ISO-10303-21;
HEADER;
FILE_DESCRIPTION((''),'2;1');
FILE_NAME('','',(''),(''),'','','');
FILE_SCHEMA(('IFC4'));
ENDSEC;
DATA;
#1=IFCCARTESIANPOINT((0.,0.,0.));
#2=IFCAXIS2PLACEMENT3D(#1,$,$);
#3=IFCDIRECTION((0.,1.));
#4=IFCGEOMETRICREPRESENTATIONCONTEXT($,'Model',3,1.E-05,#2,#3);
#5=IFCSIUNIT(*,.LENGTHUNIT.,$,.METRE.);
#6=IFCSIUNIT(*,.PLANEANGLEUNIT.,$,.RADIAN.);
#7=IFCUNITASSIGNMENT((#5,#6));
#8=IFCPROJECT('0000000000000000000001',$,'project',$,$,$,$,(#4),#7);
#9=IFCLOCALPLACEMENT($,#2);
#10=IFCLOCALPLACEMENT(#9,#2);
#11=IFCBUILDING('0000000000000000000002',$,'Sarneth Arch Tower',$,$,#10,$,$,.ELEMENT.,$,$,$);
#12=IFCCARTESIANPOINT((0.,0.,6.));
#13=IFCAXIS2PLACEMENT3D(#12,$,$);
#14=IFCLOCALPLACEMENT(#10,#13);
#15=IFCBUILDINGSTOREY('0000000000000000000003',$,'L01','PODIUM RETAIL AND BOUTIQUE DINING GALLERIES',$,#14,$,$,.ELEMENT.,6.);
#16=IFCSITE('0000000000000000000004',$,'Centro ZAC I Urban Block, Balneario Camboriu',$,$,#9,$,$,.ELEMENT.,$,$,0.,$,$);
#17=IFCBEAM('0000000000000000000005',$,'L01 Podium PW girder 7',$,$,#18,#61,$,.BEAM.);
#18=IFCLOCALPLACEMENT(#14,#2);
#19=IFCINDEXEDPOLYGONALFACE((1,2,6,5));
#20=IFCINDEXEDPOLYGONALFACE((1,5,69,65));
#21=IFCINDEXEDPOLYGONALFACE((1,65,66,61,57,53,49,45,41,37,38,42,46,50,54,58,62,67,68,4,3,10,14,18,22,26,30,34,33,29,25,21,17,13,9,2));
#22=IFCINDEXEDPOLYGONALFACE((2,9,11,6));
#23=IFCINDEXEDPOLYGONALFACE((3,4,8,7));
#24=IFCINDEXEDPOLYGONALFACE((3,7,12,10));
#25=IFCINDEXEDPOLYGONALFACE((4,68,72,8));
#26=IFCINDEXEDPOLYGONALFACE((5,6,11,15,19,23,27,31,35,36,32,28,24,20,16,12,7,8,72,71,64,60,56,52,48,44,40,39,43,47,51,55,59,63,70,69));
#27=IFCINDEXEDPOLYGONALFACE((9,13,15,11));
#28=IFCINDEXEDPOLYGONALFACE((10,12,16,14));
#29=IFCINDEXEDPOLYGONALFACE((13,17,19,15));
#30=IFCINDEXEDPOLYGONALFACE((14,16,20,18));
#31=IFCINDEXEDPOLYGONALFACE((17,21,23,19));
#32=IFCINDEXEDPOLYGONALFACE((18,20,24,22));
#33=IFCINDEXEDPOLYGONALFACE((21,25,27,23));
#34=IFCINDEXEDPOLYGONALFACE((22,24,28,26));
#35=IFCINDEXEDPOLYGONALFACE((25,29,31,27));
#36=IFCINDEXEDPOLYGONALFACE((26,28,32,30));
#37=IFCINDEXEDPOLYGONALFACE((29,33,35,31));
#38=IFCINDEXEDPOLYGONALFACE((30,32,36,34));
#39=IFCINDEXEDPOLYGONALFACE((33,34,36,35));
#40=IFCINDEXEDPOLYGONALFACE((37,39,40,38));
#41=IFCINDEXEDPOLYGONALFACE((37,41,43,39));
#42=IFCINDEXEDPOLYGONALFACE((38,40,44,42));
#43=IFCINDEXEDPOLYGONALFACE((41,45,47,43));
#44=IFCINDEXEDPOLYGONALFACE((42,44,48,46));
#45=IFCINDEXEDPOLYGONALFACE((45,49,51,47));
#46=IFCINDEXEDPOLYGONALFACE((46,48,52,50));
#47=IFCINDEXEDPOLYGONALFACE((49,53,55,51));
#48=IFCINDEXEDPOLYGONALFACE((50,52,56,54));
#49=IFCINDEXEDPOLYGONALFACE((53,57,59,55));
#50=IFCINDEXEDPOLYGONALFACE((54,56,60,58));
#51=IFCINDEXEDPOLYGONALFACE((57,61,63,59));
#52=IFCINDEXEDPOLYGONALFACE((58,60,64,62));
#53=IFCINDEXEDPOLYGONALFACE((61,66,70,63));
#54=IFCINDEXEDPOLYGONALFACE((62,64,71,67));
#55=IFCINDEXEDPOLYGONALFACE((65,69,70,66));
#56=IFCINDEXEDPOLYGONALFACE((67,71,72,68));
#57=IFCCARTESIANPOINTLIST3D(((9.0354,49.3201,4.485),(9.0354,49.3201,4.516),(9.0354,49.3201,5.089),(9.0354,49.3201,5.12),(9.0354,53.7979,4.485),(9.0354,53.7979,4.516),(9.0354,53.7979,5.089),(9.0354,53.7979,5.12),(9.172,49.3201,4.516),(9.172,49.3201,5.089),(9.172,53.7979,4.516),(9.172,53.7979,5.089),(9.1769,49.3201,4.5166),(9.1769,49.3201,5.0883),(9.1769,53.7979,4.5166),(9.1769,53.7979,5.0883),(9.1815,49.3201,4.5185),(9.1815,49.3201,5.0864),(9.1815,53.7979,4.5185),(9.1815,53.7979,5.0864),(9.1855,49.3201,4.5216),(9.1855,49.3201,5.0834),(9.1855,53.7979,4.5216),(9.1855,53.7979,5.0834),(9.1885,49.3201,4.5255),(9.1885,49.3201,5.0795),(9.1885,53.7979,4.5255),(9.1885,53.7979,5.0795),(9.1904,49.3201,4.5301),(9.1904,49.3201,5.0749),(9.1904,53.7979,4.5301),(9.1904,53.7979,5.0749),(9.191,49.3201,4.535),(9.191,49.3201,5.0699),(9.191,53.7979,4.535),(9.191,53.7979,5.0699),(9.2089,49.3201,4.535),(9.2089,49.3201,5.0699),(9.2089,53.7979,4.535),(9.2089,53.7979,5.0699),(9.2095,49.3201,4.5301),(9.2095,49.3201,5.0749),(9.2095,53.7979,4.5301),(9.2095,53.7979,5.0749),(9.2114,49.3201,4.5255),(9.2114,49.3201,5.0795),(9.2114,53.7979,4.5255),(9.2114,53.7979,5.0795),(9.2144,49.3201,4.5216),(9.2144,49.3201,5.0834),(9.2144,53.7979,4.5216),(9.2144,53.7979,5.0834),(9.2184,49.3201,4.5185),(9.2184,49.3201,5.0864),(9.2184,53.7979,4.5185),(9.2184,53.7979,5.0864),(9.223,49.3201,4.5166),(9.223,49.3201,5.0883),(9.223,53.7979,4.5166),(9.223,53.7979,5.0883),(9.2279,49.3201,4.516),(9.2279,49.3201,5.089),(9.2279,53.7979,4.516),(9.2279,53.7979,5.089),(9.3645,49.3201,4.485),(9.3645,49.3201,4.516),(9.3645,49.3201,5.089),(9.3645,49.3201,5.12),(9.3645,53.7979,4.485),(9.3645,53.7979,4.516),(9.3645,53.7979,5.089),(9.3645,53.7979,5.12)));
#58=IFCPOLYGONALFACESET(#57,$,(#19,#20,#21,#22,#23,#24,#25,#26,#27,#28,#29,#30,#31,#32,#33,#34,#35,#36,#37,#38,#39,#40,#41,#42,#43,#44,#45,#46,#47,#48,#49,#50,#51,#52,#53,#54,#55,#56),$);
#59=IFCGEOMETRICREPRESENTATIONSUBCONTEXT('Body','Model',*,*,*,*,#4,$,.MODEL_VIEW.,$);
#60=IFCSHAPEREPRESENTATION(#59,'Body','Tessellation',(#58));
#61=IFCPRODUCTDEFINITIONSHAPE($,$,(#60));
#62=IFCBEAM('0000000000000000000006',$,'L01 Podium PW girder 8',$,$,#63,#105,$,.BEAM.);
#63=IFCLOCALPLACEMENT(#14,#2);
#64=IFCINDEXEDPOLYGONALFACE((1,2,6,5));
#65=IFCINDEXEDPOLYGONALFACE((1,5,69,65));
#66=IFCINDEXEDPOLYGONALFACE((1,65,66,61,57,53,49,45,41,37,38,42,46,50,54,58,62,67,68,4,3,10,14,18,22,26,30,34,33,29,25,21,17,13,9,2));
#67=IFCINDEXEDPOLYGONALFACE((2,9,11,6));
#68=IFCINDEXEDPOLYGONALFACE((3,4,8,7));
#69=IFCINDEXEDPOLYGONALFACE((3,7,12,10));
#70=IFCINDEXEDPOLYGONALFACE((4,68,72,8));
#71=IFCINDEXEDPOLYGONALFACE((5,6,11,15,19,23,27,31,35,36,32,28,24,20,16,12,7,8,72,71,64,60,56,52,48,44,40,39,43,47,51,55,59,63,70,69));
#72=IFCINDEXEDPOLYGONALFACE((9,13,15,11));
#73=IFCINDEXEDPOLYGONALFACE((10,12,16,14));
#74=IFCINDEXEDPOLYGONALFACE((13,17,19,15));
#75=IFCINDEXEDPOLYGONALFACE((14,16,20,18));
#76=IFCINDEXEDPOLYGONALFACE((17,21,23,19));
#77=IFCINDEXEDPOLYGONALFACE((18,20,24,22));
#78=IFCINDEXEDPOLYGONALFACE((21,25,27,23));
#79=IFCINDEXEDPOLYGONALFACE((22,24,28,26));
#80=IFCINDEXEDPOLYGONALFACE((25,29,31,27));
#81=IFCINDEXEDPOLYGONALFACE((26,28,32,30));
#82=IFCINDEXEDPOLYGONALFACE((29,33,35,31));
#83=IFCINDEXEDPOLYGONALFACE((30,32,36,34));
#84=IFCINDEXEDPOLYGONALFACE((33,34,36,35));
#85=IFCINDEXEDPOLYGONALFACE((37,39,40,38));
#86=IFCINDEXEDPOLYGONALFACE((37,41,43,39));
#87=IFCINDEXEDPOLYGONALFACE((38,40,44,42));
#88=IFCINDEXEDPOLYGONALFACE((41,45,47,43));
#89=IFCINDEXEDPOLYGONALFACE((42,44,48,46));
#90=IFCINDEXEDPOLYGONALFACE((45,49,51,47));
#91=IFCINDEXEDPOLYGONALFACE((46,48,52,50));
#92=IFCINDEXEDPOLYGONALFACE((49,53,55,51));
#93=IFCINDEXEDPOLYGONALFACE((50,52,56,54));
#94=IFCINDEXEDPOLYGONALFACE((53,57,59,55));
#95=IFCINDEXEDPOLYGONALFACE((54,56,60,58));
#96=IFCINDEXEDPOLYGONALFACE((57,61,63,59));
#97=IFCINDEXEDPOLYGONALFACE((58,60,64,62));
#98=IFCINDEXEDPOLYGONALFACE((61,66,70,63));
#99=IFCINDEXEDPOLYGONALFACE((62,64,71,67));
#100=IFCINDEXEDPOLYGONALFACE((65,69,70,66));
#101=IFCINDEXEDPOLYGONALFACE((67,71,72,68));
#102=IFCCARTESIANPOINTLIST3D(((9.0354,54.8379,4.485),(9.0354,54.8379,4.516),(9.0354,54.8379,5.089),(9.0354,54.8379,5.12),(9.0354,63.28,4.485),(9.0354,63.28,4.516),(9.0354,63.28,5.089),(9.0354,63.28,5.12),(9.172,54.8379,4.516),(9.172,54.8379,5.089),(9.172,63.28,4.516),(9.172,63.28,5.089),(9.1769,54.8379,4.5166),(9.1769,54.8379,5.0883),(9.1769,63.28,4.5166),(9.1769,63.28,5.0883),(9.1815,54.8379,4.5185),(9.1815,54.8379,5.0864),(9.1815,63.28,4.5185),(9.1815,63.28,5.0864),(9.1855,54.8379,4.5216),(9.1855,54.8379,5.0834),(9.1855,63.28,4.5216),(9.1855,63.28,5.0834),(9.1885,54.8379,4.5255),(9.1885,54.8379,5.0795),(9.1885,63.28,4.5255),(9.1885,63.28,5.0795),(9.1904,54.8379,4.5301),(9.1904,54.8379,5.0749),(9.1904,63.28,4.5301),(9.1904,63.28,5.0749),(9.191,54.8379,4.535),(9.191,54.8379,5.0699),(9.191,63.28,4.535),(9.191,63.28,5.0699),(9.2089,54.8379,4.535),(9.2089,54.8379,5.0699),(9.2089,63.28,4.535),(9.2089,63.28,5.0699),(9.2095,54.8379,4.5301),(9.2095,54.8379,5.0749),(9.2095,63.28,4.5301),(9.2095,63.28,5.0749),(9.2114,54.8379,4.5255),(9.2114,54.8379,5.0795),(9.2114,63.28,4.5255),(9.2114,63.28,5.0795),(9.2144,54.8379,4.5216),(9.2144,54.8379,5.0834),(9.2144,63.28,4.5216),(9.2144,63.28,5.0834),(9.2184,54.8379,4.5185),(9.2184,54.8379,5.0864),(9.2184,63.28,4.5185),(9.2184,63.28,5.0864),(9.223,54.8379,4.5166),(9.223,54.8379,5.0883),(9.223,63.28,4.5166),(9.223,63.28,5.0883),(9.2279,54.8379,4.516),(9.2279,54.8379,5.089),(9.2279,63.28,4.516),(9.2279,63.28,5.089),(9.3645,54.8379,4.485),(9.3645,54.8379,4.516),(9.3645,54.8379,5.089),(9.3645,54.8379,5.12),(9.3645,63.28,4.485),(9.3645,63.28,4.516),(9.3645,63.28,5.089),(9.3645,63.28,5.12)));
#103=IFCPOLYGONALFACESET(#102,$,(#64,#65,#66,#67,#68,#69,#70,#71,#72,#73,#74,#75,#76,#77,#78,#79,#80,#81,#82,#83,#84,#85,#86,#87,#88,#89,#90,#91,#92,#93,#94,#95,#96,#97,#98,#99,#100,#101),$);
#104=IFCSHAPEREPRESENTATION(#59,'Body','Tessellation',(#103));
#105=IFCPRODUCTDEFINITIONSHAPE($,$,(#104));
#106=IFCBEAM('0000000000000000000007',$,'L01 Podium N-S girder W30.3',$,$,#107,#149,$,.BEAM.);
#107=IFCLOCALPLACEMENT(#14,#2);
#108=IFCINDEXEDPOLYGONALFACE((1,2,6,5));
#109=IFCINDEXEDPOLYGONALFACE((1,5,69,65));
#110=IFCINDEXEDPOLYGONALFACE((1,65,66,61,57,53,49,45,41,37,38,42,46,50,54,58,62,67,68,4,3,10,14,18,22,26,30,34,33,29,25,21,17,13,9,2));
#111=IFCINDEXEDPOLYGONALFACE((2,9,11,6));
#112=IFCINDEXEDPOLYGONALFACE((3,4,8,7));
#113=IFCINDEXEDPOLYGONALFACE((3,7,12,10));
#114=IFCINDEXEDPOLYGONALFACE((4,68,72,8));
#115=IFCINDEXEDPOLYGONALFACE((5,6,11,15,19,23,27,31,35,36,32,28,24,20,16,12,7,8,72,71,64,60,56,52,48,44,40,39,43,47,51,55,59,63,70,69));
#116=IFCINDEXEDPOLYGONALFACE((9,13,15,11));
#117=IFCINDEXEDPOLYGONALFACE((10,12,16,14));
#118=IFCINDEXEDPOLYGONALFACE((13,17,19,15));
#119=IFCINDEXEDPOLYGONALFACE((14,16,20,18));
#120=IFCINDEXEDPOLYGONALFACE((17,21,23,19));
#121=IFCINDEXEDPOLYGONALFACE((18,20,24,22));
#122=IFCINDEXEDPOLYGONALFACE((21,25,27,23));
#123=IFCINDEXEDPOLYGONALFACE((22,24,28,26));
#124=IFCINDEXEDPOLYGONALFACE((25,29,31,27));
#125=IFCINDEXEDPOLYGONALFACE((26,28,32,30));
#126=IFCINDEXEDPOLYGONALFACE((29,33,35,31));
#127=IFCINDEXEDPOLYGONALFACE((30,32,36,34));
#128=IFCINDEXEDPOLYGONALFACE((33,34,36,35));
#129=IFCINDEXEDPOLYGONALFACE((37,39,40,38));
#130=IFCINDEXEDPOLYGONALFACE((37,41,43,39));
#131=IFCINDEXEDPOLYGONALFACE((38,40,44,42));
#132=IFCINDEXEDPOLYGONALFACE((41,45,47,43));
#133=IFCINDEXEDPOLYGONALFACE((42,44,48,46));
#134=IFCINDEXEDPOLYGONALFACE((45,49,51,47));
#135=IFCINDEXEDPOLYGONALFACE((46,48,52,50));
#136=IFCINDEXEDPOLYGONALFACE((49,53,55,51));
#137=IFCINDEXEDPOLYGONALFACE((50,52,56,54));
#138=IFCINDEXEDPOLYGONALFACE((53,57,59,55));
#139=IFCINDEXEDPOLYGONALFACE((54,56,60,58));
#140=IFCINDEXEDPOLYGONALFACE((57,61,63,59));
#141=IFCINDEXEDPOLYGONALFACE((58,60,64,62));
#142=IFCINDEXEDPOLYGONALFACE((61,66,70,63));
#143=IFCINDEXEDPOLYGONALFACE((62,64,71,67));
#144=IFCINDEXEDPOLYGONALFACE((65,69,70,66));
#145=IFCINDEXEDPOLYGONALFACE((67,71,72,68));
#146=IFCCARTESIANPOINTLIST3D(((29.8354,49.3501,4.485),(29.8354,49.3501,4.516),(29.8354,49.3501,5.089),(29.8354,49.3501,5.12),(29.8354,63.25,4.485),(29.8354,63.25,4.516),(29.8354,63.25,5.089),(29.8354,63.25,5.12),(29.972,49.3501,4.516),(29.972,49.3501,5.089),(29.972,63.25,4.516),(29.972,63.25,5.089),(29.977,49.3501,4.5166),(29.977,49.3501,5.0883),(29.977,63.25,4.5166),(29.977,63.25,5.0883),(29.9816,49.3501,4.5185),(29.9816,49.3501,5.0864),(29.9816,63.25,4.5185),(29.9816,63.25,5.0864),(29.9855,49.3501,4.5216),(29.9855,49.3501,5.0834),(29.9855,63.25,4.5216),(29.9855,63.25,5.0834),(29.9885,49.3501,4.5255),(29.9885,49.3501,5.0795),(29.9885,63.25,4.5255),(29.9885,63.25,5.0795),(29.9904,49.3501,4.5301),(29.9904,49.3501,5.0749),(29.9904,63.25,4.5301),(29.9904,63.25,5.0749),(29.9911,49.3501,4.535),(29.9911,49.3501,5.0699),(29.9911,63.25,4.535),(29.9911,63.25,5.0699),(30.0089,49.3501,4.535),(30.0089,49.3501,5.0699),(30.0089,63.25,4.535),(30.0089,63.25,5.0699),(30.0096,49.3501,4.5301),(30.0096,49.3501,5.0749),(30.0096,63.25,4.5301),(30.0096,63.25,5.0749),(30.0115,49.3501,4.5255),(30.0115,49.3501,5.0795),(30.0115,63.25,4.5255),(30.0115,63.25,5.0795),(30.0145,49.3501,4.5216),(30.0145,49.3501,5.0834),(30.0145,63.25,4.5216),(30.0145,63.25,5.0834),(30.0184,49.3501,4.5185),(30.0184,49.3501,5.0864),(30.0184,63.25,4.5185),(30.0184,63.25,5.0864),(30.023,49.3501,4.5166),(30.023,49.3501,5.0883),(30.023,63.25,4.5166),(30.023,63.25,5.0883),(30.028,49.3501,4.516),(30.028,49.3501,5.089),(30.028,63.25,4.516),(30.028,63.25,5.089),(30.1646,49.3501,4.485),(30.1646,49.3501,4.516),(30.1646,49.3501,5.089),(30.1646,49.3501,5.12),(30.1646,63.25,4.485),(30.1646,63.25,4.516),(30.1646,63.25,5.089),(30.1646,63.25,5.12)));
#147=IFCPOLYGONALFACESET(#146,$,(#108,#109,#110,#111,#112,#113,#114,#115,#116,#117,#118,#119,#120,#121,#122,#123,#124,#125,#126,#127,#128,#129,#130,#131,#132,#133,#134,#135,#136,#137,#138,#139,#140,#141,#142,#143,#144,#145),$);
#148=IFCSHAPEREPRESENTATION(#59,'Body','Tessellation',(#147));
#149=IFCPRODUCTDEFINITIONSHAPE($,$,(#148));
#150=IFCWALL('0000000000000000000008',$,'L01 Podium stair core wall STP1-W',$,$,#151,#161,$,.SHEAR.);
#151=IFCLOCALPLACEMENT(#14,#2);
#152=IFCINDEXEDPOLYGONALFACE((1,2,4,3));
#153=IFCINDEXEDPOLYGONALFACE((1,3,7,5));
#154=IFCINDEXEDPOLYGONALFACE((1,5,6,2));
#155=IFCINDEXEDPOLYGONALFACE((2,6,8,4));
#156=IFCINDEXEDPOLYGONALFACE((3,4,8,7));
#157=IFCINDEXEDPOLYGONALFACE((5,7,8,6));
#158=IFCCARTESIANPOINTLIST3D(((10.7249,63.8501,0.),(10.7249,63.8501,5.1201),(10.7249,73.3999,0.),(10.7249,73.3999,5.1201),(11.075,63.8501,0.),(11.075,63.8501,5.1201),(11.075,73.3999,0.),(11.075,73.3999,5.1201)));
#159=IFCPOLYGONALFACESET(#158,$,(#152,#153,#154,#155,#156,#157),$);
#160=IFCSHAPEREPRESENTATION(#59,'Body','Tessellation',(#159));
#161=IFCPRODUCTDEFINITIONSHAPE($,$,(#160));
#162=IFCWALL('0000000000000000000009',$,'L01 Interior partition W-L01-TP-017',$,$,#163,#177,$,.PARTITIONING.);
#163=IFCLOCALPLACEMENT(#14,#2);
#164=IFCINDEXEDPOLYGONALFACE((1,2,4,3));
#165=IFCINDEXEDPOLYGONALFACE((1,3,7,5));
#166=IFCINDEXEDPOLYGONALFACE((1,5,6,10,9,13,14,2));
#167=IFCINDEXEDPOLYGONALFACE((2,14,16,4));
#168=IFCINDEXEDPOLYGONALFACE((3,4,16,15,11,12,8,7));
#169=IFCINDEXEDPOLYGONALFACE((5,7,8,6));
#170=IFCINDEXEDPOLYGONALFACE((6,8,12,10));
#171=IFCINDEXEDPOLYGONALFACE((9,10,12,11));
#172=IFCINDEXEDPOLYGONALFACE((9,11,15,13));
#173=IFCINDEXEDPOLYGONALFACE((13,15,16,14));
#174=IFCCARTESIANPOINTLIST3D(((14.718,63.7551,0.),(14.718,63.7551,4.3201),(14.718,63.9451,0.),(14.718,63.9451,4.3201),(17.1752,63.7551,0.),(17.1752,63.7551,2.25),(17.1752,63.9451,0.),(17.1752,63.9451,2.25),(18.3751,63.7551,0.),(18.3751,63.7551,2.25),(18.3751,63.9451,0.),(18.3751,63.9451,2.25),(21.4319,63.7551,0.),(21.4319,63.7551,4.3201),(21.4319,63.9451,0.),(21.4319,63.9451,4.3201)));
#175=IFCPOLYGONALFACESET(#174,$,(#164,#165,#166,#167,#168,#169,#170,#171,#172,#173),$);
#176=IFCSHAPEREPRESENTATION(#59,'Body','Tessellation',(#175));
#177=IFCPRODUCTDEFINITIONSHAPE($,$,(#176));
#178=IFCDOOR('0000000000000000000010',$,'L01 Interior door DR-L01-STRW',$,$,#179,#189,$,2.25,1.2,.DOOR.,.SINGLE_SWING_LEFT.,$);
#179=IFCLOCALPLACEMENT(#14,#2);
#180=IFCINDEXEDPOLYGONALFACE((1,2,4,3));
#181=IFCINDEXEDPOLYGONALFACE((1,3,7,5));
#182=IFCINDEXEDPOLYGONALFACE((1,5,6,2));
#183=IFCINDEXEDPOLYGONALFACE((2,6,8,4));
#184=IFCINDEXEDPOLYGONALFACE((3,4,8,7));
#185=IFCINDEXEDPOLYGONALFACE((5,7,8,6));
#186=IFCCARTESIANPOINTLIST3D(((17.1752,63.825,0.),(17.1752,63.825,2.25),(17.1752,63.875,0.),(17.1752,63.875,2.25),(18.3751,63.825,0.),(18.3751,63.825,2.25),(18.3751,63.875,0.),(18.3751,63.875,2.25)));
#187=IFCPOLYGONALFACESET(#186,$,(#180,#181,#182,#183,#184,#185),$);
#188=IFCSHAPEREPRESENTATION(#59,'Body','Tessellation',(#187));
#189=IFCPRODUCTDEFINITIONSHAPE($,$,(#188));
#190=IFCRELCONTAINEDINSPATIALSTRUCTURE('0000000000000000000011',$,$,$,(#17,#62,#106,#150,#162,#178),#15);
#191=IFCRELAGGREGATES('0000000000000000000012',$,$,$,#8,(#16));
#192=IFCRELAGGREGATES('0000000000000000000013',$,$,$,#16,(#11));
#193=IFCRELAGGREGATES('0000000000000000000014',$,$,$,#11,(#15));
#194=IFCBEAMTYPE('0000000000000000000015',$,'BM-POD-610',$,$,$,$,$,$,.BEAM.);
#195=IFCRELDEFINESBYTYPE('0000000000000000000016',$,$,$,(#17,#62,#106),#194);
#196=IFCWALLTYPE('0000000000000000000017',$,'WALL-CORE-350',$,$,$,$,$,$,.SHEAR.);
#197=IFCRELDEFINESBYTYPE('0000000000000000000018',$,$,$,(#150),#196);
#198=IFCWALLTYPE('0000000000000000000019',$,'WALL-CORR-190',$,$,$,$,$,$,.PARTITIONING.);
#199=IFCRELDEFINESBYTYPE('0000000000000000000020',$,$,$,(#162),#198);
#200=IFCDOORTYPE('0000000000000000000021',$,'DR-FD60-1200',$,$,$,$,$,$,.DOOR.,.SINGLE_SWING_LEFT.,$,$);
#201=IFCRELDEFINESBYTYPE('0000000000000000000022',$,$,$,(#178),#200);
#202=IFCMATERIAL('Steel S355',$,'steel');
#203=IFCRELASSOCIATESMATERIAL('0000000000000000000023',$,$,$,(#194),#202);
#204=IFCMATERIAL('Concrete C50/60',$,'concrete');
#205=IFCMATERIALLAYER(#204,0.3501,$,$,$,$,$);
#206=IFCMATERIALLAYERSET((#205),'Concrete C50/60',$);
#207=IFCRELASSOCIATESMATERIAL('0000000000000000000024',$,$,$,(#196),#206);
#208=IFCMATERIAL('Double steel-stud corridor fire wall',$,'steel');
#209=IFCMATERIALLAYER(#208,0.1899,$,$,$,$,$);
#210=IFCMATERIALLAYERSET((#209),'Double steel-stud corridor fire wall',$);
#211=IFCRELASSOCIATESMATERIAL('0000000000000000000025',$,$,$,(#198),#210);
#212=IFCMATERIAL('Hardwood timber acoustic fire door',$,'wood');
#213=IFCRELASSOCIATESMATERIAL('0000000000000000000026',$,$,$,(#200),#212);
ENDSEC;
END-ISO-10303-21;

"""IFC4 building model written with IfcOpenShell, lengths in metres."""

from ifc_helpers import new_model, si_unit, direction, frame, frame_2d, origin, origin_2d, place, context, subcontext, project, spatial, rectangle, i_section, extrude, material, layer, layer_set, material_profile, profile_set, type_object, element, fill, save


model = new_model("IFC4")

# Units and contexts
model_context = context("Model", 3, precision=1e-05, world=origin(), true_north=direction((0.0, 1.0)))
body_context = subcontext(model_context, "Body", "Model", "MODEL_VIEW")
ifc_project = project(units=[si_unit("LENGTHUNIT", "METRE"), si_unit("PLANEANGLEUNIT", "RADIAN")], contexts=[model_context])

# Site, building, storey
site_placement = place(None, origin())
site = spatial("IfcSite", under=ifc_project, at=site_placement, Name="Centro ZAC I Urban Block, Balneario Camboriu", CompositionType="ELEMENT", RefElevation=0.0)
building_placement = place(site_placement, origin())
building = spatial("IfcBuilding", under=site, at=building_placement, Name="Sarneth Arch Tower", CompositionType="ELEMENT")
storey_placement = place(building_placement, frame((0.0, 0.0, 6.0)))
storey = spatial("IfcBuildingStorey", under=building, at=storey_placement, Name="L01", Description="PODIUM RETAIL AND BOUTIQUE DINING GALLERIES", CompositionType="ELEMENT", Elevation=6.0)

# Beams
ifc_material_1 = material(Name="Steel S355", Category="steel")
ifc_material_profile_1 = material_profile(ifc_material_1, i_section(OverallWidth=0.3291, OverallDepth=0.635, WebThickness=0.0178, FlangeThickness=0.031, FilletRadius=0.019, at=origin_2d()), Name="W610x241")
ifc_profile_set_1 = profile_set([ifc_material_profile_1], Name="Steel S355")
beam_type = type_object("IfcBeamType", Name="BM-POD-610", PredefinedType="BEAM", material=ifc_profile_set_1)
beam_1_placement = place(storey_placement, frame((9.2, 49.3201, 4.8025), z_axis=(0.0, 1.0, 0.0), x_axis=(-1.0, 0.0, 0.0)))
element("IfcBeam", 1, at=beam_1_placement, inside=storey, type_object=beam_type, Name="L01 Podium PW girder 7", PredefinedType="BEAM", context=body_context, shape_type="SweptSolid", body=[
    extrude(i_section(OverallWidth=0.3291, OverallDepth=0.635, WebThickness=0.0178, FlangeThickness=0.031, FilletRadius=0.019, at=origin_2d()), origin(), (0.0, 0.0, 1.0), 4.4778),
])
beam_2_placement = place(storey_placement, frame((9.2, 54.8379, 4.8025), z_axis=(0.0, 1.0, 0.0), x_axis=(-1.0, 0.0, 0.0)))
element("IfcBeam", 2, at=beam_2_placement, inside=storey, type_object=beam_type, Name="L01 Podium PW girder 8", PredefinedType="BEAM", context=body_context, shape_type="SweptSolid", body=[
    extrude(i_section(OverallWidth=0.3291, OverallDepth=0.635, WebThickness=0.0178, FlangeThickness=0.031, FilletRadius=0.019, at=origin_2d()), origin(), (0.0, 0.0, 1.0), 8.4421),
])
beam_3_placement = place(storey_placement, frame((30.0, 49.3501, 4.8025), z_axis=(0.0, 1.0, 0.0), x_axis=(-1.0, 0.0, 0.0)))
element("IfcBeam", 3, at=beam_3_placement, inside=storey, type_object=beam_type, Name="L01 Podium N-S girder W30.3", PredefinedType="BEAM", context=body_context, shape_type="SweptSolid", body=[
    extrude(i_section(OverallWidth=0.3291, OverallDepth=0.635, WebThickness=0.0178, FlangeThickness=0.031, FilletRadius=0.019, at=origin_2d()), origin(), (0.0, 0.0, 1.0), 13.8999),
])

# Wall
ifc_material_2 = material(Name="Concrete C50/60", Category="concrete")
ifc_layer_1 = layer(ifc_material_2, 0.3501)
ifc_layer_set_1 = layer_set([ifc_layer_1], Name="Concrete C50/60")
wall_type_1 = type_object("IfcWallType", Name="WALL-CORE-350", PredefinedType="SHEAR", material=ifc_layer_set_1)
wall_1_placement = place(storey_placement, frame((10.8999, 63.8501, 0.0), z_axis=(0.0, 0.0, 1.0), x_axis=(0.0, 1.0, 0.0)))
element("IfcWall", 4, at=wall_1_placement, inside=storey, type_object=wall_type_1, Name="L01 Podium stair core wall STP1-W", PredefinedType="SHEAR", context=body_context, shape_type="SweptSolid", body=[
    extrude(rectangle(XDim=9.5498, YDim=0.3501, at=frame_2d((4.7749, 0.0))), origin(), (0.0, 0.0, 1.0), 5.1201),
])

# Wall, opening, door
ifc_material_3 = material(Name="Double steel-stud corridor fire wall", Category="steel")
ifc_layer_2 = layer(ifc_material_3, 0.1899)
ifc_layer_set_2 = layer_set([ifc_layer_2], Name="Double steel-stud corridor fire wall")
wall_type_2 = type_object("IfcWallType", Name="WALL-CORR-190", PredefinedType="PARTITIONING", material=ifc_layer_set_2)
wall_2_placement = place(storey_placement, frame((14.718, 63.8501, 0.0), z_axis=(0.0, 0.0, 1.0), x_axis=(1.0, 0.0, 0.0)))
wall_2 = element("IfcWall", 5, at=wall_2_placement, inside=storey, type_object=wall_type_2, Name="L01 Interior partition W-L01-TP-017", PredefinedType="PARTITIONING", context=body_context, shape_type="SweptSolid", body=[
    extrude(rectangle(XDim=6.7139, YDim=0.1899, at=frame_2d((3.3569, 0.0))), origin(), (0.0, 0.0, 1.0), 4.3201),
])
opening_1_placement = place(wall_2_placement, frame((2.457, 0.0, 0.0)))
opening_1 = element("IfcOpeningElement", 6, at=opening_1_placement, cuts=wall_2, PredefinedType="OPENING", context=body_context, shape_type="SweptSolid", body=[
    extrude(rectangle(XDim=1.2, YDim=2.25, at=frame_2d((0.6001, 1.125))), frame((0.0, 0.105, 0.0), z_axis=(0.0, -1.0, 0.0), x_axis=(1.0, 0.0, 0.0)), (0.0, 0.0, 1.0), 0.21),
])
ifc_material_4 = material(Name="Hardwood timber acoustic fire door", Category="wood")
door_type_1 = type_object("IfcDoorType", Name="DR-FD60-1200", OperationType="SINGLE_SWING_LEFT", PredefinedType="DOOR", material=ifc_material_4)
door_1_placement = place(opening_1_placement, origin())
door_1 = element("IfcDoor", 7, at=door_1_placement, inside=storey, type_object=door_type_1, Name="L01 Interior door DR-L01-STRW", OperationType="SINGLE_SWING_LEFT", OverallHeight=2.25, OverallWidth=1.2, PredefinedType="DOOR", context=body_context, shape_type="SweptSolid", body=[
    extrude(rectangle(XDim=1.2, YDim=2.25, at=frame_2d((0.6001, 1.125))), frame((0.0, 0.0249, 0.0), z_axis=(0.0, -1.0, 0.0), x_axis=(1.0, 0.0, 0.0)), (0.0, 0.0, 1.0), 0.05),
])
fill(opening_1, door_1)

save(model, "model.ifc")
